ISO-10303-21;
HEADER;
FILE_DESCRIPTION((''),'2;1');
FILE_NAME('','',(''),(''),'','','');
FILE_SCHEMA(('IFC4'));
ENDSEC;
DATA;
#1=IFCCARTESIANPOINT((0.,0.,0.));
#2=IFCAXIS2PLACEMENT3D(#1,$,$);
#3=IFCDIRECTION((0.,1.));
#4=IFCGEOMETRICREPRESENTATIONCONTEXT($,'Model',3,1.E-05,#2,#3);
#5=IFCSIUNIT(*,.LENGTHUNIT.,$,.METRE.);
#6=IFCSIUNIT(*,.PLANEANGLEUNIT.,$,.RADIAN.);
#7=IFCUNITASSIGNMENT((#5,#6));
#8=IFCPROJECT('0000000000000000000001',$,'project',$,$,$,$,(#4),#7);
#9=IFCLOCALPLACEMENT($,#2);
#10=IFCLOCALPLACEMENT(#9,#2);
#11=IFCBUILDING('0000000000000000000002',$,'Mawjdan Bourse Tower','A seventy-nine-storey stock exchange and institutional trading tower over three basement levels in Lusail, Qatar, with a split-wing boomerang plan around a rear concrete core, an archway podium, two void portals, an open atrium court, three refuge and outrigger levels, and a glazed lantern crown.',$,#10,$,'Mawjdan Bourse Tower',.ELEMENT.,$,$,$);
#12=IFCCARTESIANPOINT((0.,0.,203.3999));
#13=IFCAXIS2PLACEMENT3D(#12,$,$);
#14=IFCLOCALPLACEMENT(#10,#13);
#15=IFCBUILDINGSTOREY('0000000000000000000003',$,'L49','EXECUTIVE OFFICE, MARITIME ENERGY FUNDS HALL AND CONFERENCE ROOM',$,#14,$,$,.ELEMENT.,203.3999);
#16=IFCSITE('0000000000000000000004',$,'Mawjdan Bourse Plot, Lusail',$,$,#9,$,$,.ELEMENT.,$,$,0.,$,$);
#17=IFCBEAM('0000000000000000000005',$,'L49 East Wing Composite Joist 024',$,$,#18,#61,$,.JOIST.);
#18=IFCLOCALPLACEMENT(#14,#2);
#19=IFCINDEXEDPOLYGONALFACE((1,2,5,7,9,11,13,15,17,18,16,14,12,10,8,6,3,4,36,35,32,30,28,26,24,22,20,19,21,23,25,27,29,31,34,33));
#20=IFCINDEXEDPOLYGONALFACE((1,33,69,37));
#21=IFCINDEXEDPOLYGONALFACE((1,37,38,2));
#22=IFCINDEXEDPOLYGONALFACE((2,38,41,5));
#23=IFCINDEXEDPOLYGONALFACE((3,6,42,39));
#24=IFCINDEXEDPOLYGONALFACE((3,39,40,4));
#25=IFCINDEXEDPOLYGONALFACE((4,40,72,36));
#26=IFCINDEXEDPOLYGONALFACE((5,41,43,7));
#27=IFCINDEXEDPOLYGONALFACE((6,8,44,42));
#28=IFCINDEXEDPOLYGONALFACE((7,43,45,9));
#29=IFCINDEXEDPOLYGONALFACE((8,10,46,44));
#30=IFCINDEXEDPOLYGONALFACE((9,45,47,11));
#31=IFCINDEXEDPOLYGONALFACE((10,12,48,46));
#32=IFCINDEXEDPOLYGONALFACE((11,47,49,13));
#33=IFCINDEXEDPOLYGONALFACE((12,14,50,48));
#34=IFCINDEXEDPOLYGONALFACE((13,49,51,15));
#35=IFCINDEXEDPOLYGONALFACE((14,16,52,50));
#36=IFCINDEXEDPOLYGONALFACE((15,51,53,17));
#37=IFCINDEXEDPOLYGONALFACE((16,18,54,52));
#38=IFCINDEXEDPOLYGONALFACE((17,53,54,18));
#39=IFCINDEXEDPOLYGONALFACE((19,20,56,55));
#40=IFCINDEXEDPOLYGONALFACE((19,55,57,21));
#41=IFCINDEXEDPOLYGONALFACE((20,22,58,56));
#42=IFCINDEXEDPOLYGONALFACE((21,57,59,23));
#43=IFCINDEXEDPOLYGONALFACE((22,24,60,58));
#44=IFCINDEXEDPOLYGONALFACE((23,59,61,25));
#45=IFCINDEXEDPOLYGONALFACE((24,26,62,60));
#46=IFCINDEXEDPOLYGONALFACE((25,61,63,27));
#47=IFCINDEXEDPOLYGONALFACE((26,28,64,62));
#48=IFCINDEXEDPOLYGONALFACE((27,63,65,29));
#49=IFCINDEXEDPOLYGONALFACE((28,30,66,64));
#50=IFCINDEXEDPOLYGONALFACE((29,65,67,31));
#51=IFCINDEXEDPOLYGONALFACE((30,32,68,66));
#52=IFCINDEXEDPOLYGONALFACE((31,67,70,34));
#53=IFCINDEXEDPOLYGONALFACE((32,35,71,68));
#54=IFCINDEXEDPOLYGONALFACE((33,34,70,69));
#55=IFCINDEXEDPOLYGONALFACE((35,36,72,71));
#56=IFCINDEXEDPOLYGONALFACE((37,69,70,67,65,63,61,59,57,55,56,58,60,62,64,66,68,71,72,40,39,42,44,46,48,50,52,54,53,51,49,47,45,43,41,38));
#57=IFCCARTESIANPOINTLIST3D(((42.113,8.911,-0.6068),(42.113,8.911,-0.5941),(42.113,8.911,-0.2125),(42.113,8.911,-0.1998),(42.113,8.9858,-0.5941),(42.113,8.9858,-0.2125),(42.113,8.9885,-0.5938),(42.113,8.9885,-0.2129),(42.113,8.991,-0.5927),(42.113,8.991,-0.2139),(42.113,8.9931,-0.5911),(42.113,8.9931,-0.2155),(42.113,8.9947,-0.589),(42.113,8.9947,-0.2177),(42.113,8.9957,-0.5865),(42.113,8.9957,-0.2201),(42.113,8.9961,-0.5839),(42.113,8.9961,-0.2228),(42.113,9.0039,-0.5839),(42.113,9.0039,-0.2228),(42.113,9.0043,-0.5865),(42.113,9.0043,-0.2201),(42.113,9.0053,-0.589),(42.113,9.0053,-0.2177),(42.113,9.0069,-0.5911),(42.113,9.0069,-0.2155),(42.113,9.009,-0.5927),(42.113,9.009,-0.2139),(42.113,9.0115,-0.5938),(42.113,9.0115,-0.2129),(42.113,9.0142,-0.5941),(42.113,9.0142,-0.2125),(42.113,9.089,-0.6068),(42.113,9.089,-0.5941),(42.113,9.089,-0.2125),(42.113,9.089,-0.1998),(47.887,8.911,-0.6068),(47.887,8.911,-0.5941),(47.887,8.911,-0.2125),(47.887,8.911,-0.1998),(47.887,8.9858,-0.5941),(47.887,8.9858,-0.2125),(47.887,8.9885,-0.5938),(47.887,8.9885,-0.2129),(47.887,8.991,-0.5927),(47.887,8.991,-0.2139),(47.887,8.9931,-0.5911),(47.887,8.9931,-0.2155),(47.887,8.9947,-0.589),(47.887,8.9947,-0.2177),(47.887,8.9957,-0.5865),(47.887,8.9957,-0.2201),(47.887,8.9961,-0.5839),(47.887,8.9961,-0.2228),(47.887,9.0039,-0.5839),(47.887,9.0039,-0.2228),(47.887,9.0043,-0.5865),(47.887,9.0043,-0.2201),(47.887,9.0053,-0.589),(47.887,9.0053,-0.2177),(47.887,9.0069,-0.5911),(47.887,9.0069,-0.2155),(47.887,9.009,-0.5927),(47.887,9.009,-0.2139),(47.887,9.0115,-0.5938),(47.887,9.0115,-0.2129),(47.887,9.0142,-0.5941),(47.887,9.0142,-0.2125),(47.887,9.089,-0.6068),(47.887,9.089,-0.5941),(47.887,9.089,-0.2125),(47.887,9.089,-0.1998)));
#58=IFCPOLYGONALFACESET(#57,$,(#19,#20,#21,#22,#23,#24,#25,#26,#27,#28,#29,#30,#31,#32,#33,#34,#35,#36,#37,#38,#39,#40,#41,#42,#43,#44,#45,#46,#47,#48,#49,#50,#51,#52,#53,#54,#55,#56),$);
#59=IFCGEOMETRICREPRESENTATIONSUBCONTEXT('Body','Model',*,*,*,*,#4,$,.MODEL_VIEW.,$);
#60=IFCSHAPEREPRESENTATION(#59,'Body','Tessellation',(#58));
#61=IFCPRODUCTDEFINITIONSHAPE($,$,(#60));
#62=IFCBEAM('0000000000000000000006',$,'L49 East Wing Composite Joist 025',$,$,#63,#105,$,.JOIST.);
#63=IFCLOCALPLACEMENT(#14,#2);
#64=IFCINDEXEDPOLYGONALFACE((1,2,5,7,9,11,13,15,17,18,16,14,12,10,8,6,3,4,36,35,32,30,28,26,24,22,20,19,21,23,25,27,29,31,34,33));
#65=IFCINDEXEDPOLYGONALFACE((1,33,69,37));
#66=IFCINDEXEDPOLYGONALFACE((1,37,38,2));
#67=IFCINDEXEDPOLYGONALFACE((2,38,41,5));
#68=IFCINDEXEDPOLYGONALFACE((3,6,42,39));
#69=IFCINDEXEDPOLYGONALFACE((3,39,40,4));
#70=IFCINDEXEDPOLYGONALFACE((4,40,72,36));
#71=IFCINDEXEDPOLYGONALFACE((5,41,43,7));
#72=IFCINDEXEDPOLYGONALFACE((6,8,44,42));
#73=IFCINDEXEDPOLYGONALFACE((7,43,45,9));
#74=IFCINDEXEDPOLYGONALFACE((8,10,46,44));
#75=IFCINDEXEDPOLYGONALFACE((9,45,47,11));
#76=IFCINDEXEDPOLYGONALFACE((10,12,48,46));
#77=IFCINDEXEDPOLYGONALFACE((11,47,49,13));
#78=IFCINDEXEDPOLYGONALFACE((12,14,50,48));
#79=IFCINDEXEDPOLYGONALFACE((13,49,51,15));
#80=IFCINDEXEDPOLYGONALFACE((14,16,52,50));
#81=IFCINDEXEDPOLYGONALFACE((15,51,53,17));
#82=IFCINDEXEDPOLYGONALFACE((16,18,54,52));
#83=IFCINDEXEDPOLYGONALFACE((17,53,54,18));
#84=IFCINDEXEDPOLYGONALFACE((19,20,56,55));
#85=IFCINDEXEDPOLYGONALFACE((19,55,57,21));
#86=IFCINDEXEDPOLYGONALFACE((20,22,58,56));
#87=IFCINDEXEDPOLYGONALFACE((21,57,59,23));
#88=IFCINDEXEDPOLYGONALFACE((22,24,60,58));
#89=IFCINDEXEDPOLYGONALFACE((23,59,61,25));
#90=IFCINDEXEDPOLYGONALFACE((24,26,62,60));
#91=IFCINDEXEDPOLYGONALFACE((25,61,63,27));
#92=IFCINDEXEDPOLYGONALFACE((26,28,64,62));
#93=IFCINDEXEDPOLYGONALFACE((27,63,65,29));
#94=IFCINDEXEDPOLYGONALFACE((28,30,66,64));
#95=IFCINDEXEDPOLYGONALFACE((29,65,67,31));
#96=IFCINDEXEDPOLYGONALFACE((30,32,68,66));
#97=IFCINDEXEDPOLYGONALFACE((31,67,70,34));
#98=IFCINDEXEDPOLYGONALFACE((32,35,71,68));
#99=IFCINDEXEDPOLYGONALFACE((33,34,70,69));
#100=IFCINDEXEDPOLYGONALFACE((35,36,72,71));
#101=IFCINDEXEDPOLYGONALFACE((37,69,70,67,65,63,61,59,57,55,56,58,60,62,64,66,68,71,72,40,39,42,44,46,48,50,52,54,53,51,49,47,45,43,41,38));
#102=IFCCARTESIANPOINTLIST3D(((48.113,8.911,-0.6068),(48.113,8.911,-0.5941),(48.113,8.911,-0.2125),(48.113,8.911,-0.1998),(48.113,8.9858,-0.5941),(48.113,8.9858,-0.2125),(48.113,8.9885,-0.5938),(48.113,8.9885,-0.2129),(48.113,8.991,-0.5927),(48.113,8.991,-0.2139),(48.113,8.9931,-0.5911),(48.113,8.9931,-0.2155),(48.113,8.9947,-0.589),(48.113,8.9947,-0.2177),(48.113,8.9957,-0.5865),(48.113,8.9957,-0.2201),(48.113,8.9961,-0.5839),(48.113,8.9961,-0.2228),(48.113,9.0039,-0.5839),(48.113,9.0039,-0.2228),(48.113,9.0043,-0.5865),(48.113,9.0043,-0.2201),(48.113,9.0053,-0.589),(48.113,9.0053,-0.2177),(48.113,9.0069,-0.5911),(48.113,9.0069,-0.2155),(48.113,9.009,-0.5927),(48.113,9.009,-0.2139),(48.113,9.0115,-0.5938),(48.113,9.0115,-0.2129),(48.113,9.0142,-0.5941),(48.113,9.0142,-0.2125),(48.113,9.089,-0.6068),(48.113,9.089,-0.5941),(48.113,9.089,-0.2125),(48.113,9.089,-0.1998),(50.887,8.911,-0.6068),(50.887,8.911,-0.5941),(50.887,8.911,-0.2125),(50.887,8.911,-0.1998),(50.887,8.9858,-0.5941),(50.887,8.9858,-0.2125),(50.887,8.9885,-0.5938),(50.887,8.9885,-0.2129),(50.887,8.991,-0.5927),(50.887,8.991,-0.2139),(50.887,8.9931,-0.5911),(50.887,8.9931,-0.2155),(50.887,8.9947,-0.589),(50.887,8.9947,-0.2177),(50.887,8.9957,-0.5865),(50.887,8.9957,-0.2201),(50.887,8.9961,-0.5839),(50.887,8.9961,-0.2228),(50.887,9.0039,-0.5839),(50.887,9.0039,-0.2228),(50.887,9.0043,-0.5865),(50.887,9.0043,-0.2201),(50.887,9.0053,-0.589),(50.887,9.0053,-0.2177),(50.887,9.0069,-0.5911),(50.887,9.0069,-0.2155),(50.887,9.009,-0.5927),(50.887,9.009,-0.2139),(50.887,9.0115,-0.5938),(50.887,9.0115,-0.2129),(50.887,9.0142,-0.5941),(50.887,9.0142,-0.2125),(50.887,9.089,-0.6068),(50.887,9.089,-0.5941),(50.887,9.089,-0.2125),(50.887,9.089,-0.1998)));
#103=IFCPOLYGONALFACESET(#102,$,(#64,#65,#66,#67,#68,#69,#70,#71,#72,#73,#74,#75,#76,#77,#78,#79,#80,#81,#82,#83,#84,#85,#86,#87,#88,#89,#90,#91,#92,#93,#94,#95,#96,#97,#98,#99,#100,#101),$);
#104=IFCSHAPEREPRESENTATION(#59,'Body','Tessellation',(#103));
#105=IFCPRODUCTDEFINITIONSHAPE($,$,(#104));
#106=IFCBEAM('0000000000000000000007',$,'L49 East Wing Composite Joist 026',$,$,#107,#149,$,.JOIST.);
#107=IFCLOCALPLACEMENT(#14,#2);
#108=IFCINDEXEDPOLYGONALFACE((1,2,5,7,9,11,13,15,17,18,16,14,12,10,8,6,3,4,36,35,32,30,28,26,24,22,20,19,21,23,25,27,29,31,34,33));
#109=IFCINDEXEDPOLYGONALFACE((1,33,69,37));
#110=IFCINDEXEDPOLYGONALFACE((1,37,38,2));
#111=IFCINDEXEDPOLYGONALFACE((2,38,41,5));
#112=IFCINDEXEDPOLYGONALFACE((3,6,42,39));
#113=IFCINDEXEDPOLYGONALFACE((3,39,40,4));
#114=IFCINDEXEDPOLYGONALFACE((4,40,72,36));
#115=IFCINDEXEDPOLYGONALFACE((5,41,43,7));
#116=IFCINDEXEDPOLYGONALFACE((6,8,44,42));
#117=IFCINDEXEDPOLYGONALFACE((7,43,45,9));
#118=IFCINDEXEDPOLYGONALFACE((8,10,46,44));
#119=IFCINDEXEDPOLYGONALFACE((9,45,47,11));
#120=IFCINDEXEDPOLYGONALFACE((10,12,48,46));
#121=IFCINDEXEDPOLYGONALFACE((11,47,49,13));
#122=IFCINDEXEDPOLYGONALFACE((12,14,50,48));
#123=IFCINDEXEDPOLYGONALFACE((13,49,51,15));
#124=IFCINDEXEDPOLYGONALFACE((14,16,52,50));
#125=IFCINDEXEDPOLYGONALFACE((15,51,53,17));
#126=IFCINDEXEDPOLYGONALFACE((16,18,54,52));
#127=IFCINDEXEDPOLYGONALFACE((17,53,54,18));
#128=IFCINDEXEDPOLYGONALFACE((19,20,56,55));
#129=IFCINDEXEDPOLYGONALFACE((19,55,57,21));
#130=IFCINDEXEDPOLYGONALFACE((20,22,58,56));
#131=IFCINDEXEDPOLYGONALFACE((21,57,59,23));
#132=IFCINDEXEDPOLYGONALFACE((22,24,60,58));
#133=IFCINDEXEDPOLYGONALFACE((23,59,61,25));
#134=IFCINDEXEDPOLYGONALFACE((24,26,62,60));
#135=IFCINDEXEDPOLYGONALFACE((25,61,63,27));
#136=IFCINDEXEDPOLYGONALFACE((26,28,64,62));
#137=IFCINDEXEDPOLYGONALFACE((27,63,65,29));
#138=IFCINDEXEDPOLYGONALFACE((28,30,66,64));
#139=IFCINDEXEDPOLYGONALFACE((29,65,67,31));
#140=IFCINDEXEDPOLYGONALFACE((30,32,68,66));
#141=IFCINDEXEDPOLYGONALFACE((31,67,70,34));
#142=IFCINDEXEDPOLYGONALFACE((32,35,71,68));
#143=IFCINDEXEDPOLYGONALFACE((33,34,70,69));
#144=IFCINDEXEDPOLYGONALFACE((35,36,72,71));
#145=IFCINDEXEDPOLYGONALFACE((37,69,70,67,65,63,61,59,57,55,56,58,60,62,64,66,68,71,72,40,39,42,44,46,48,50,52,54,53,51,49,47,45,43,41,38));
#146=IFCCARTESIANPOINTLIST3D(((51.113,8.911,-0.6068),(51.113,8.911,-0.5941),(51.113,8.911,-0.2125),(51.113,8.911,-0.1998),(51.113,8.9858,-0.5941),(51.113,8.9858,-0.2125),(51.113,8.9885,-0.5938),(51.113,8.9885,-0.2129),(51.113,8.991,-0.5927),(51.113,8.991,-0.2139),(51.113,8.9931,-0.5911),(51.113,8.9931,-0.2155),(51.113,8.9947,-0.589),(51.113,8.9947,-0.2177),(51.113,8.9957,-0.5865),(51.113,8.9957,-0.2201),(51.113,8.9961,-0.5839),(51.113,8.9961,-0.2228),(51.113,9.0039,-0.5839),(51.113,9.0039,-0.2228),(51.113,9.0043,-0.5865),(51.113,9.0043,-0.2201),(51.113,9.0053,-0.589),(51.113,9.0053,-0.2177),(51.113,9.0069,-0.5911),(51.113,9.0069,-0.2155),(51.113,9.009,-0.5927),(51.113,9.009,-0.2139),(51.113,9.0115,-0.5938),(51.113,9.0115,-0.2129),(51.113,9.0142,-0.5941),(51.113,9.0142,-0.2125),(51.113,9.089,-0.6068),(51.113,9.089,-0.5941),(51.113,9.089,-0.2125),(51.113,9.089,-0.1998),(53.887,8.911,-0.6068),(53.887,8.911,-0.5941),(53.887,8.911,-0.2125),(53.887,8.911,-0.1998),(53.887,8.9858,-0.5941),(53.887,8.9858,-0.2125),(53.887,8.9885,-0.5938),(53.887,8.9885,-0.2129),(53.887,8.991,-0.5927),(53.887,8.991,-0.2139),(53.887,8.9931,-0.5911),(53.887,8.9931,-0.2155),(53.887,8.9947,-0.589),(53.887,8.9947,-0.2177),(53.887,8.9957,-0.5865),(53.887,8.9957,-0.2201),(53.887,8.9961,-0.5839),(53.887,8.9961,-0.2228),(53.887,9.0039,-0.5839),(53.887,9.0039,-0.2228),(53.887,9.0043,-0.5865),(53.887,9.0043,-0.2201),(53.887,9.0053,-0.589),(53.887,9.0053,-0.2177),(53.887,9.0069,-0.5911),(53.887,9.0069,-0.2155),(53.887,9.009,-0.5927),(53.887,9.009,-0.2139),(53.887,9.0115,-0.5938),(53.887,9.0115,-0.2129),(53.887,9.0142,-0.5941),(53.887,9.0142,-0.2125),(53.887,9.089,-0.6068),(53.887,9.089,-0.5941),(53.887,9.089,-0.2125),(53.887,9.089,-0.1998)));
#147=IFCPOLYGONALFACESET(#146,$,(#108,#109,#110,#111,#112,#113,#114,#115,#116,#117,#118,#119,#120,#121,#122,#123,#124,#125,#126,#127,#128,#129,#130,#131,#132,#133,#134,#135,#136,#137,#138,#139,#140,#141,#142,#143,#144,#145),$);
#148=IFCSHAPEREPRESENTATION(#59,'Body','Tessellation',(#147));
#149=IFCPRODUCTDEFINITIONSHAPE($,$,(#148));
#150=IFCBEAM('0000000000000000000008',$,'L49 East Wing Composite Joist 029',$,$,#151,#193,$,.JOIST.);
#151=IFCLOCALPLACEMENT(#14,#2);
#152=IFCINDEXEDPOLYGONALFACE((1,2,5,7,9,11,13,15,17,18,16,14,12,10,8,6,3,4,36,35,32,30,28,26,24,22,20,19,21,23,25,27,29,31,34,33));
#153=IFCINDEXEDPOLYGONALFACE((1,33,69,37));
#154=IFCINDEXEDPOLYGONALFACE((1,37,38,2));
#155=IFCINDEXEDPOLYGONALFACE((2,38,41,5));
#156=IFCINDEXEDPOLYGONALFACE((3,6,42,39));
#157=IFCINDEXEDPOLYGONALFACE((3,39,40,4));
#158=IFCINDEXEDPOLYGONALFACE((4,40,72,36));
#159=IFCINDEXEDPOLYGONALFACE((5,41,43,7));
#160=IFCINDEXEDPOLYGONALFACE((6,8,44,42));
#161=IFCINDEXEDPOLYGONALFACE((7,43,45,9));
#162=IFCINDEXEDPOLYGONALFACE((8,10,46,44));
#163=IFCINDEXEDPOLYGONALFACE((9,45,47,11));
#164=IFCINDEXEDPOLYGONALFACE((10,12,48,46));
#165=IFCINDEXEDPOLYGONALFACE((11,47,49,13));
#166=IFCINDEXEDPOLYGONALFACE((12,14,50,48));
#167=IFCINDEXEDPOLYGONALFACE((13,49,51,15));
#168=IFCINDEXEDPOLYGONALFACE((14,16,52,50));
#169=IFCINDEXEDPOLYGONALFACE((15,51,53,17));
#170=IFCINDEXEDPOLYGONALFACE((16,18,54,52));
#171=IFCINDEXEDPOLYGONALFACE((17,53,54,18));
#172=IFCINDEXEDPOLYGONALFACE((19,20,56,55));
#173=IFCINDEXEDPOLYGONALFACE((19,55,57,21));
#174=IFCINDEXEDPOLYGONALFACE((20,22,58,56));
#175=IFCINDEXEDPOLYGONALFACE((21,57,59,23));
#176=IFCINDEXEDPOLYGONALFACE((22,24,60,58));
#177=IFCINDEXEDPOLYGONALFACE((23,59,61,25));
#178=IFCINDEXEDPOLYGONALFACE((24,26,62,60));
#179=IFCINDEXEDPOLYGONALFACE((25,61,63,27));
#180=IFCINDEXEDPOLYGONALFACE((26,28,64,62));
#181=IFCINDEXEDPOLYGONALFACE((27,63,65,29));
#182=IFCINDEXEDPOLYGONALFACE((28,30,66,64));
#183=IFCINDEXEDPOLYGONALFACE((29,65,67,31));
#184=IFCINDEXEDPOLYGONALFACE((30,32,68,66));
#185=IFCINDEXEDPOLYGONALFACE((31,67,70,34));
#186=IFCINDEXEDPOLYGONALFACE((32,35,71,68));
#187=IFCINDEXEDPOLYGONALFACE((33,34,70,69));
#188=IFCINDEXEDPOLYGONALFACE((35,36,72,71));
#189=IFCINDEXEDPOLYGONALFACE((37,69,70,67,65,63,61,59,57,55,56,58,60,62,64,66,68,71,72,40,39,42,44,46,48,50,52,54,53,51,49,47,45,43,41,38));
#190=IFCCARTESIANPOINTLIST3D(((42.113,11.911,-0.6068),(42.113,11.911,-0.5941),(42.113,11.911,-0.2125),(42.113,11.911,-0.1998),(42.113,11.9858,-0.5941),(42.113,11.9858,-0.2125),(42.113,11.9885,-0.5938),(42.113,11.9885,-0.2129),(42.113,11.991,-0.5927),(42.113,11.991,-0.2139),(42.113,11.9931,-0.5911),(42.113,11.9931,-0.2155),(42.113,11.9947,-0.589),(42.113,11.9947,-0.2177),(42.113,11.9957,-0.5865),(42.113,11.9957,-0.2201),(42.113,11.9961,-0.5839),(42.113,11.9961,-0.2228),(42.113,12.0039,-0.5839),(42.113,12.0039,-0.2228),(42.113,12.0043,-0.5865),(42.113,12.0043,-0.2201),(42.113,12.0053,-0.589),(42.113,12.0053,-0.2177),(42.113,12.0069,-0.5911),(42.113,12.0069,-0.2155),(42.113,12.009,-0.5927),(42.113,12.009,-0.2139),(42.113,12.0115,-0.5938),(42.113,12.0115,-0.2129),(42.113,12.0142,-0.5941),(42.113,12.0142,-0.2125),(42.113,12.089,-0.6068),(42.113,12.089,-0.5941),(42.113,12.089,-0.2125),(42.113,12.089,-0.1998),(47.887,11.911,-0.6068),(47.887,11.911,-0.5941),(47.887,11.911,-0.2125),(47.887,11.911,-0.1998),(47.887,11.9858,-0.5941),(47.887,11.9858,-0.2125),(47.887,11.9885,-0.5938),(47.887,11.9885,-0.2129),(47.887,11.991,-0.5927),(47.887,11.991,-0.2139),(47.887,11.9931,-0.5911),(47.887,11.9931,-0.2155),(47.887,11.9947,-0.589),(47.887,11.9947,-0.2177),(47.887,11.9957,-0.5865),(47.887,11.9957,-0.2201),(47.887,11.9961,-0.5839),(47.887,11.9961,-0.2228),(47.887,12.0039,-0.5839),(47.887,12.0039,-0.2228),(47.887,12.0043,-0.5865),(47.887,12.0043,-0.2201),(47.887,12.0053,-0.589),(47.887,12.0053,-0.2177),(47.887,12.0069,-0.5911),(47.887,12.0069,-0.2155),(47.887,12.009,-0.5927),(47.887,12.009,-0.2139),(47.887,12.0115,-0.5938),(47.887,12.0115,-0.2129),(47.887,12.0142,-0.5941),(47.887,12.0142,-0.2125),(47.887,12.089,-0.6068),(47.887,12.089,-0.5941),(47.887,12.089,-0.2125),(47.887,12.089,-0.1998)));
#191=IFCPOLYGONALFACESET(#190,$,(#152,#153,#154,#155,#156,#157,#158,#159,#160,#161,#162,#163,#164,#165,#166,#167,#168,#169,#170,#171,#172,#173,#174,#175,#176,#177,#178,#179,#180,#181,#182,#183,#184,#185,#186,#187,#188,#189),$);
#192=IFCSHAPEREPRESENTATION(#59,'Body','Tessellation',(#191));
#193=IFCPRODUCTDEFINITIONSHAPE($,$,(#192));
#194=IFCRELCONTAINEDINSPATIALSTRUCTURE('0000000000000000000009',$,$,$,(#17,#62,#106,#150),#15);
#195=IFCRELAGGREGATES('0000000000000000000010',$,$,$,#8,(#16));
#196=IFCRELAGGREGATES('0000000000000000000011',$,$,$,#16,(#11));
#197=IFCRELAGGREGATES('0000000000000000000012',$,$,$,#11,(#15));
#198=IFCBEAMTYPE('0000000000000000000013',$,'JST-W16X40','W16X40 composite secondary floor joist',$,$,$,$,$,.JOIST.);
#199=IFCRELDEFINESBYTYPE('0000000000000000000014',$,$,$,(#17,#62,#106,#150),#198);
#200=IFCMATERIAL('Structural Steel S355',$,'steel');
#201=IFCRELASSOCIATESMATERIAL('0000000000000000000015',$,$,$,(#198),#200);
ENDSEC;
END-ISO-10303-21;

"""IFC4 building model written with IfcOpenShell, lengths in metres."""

from ifc_helpers import new_model, si_unit, direction, frame, origin, origin_2d, place, context, subcontext, project, spatial, i_section, extrude, material, material_profile, profile_set, type_object, element, save


model = new_model("IFC4")

# Units and contexts
model_context = context("Model", 3, precision=1e-05, world=origin(), true_north=direction((0.0, 1.0)))
body_context = subcontext(model_context, "Body", "Model", "MODEL_VIEW")
ifc_project = project(units=[si_unit("LENGTHUNIT", "METRE"), si_unit("PLANEANGLEUNIT", "RADIAN")], contexts=[model_context])

# Site, building, storey
site_placement = place(None, origin())
site = spatial("IfcSite", under=ifc_project, at=site_placement, Name="Mawjdan Bourse Plot, Lusail", CompositionType="ELEMENT", RefElevation=0.0)
building_placement = place(site_placement, origin())
building = spatial("IfcBuilding", under=site, at=building_placement, Name="Mawjdan Bourse Tower", Description="A seventy-nine-storey stock exchange and institutional trading tower over three basement levels in Lusail, Qatar, with a split-wing boomerang plan around a rear concrete core, an archway podium, two void portals, an open atrium court, three refuge and outrigger levels, and a glazed lantern crown.", LongName="Mawjdan Bourse Tower", CompositionType="ELEMENT")
storey_placement = place(building_placement, frame((0.0, 0.0, 203.3999)))
storey = spatial("IfcBuildingStorey", under=building, at=storey_placement, Name="L49", Description="EXECUTIVE OFFICE, MARITIME ENERGY FUNDS HALL AND CONFERENCE ROOM", CompositionType="ELEMENT", Elevation=203.3999)

# Beams
ifc_material_1 = material(Name="Structural Steel S355", Category="steel")
ifc_material_profile_1 = material_profile(ifc_material_1, i_section(OverallWidth=0.178, OverallDepth=0.407, WebThickness=0.0078, FlangeThickness=0.0127, FilletRadius=0.0103, at=origin_2d()), Name="W16X40")
ifc_profile_set_1 = profile_set([ifc_material_profile_1], Name="Structural Steel S355")
beam_type_1 = type_object("IfcBeamType", Name="JST-W16X40", Description="W16X40 composite secondary floor joist", PredefinedType="JOIST", material=ifc_profile_set_1)
beam_1_placement = place(storey_placement, frame((42.113, 9.0, -0.4033), z_axis=(1.0, 0.0, 0.0), x_axis=(0.0, 1.0, 0.0)))
element("IfcBeam", 1, at=beam_1_placement, inside=storey, type_object=beam_type_1, Name="L49 East Wing Composite Joist 024", PredefinedType="JOIST", context=body_context, shape_type="SweptSolid", body=[
    extrude(i_section(OverallWidth=0.178, OverallDepth=0.407, WebThickness=0.0078, FlangeThickness=0.0127, FilletRadius=0.0103, at=origin_2d()), origin(), (0.0, 0.0, 1.0), 5.7739),
])
for number, where, z_axis, x_axis, name in (
    (2, (48.113, 9.0, -0.4033), (1.0, 0.0, 0.0), (0.0, 1.0, 0.0), "L49 East Wing Composite Joist 025"),
    (3, (51.113, 9.0, -0.4033), (1.0, 0.0, 0.0), (0.0, 1.0, 0.0), "L49 East Wing Composite Joist 026"),
):
    element("IfcBeam", number, at=place(storey_placement, frame(where, z_axis=z_axis, x_axis=x_axis)), inside=storey, type_object=beam_type_1, Name=name, PredefinedType="JOIST", context=body_context, shape_type="SweptSolid", body=[
        extrude(i_section(OverallWidth=0.178, OverallDepth=0.407, WebThickness=0.0078, FlangeThickness=0.0127, FilletRadius=0.0103, at=origin_2d()), origin(), (0.0, 0.0, 1.0), 2.7739),
    ])
beam_2_placement = place(storey_placement, frame((42.113, 12.0, -0.4033), z_axis=(1.0, 0.0, 0.0), x_axis=(0.0, 1.0, 0.0)))
element("IfcBeam", 4, at=beam_2_placement, inside=storey, type_object=beam_type_1, Name="L49 East Wing Composite Joist 029", PredefinedType="JOIST", context=body_context, shape_type="SweptSolid", body=[
    extrude(i_section(OverallWidth=0.178, OverallDepth=0.407, WebThickness=0.0078, FlangeThickness=0.0127, FilletRadius=0.0103, at=origin_2d()), origin(), (0.0, 0.0, 1.0), 5.7739),
])

save(model, "model.ifc")
